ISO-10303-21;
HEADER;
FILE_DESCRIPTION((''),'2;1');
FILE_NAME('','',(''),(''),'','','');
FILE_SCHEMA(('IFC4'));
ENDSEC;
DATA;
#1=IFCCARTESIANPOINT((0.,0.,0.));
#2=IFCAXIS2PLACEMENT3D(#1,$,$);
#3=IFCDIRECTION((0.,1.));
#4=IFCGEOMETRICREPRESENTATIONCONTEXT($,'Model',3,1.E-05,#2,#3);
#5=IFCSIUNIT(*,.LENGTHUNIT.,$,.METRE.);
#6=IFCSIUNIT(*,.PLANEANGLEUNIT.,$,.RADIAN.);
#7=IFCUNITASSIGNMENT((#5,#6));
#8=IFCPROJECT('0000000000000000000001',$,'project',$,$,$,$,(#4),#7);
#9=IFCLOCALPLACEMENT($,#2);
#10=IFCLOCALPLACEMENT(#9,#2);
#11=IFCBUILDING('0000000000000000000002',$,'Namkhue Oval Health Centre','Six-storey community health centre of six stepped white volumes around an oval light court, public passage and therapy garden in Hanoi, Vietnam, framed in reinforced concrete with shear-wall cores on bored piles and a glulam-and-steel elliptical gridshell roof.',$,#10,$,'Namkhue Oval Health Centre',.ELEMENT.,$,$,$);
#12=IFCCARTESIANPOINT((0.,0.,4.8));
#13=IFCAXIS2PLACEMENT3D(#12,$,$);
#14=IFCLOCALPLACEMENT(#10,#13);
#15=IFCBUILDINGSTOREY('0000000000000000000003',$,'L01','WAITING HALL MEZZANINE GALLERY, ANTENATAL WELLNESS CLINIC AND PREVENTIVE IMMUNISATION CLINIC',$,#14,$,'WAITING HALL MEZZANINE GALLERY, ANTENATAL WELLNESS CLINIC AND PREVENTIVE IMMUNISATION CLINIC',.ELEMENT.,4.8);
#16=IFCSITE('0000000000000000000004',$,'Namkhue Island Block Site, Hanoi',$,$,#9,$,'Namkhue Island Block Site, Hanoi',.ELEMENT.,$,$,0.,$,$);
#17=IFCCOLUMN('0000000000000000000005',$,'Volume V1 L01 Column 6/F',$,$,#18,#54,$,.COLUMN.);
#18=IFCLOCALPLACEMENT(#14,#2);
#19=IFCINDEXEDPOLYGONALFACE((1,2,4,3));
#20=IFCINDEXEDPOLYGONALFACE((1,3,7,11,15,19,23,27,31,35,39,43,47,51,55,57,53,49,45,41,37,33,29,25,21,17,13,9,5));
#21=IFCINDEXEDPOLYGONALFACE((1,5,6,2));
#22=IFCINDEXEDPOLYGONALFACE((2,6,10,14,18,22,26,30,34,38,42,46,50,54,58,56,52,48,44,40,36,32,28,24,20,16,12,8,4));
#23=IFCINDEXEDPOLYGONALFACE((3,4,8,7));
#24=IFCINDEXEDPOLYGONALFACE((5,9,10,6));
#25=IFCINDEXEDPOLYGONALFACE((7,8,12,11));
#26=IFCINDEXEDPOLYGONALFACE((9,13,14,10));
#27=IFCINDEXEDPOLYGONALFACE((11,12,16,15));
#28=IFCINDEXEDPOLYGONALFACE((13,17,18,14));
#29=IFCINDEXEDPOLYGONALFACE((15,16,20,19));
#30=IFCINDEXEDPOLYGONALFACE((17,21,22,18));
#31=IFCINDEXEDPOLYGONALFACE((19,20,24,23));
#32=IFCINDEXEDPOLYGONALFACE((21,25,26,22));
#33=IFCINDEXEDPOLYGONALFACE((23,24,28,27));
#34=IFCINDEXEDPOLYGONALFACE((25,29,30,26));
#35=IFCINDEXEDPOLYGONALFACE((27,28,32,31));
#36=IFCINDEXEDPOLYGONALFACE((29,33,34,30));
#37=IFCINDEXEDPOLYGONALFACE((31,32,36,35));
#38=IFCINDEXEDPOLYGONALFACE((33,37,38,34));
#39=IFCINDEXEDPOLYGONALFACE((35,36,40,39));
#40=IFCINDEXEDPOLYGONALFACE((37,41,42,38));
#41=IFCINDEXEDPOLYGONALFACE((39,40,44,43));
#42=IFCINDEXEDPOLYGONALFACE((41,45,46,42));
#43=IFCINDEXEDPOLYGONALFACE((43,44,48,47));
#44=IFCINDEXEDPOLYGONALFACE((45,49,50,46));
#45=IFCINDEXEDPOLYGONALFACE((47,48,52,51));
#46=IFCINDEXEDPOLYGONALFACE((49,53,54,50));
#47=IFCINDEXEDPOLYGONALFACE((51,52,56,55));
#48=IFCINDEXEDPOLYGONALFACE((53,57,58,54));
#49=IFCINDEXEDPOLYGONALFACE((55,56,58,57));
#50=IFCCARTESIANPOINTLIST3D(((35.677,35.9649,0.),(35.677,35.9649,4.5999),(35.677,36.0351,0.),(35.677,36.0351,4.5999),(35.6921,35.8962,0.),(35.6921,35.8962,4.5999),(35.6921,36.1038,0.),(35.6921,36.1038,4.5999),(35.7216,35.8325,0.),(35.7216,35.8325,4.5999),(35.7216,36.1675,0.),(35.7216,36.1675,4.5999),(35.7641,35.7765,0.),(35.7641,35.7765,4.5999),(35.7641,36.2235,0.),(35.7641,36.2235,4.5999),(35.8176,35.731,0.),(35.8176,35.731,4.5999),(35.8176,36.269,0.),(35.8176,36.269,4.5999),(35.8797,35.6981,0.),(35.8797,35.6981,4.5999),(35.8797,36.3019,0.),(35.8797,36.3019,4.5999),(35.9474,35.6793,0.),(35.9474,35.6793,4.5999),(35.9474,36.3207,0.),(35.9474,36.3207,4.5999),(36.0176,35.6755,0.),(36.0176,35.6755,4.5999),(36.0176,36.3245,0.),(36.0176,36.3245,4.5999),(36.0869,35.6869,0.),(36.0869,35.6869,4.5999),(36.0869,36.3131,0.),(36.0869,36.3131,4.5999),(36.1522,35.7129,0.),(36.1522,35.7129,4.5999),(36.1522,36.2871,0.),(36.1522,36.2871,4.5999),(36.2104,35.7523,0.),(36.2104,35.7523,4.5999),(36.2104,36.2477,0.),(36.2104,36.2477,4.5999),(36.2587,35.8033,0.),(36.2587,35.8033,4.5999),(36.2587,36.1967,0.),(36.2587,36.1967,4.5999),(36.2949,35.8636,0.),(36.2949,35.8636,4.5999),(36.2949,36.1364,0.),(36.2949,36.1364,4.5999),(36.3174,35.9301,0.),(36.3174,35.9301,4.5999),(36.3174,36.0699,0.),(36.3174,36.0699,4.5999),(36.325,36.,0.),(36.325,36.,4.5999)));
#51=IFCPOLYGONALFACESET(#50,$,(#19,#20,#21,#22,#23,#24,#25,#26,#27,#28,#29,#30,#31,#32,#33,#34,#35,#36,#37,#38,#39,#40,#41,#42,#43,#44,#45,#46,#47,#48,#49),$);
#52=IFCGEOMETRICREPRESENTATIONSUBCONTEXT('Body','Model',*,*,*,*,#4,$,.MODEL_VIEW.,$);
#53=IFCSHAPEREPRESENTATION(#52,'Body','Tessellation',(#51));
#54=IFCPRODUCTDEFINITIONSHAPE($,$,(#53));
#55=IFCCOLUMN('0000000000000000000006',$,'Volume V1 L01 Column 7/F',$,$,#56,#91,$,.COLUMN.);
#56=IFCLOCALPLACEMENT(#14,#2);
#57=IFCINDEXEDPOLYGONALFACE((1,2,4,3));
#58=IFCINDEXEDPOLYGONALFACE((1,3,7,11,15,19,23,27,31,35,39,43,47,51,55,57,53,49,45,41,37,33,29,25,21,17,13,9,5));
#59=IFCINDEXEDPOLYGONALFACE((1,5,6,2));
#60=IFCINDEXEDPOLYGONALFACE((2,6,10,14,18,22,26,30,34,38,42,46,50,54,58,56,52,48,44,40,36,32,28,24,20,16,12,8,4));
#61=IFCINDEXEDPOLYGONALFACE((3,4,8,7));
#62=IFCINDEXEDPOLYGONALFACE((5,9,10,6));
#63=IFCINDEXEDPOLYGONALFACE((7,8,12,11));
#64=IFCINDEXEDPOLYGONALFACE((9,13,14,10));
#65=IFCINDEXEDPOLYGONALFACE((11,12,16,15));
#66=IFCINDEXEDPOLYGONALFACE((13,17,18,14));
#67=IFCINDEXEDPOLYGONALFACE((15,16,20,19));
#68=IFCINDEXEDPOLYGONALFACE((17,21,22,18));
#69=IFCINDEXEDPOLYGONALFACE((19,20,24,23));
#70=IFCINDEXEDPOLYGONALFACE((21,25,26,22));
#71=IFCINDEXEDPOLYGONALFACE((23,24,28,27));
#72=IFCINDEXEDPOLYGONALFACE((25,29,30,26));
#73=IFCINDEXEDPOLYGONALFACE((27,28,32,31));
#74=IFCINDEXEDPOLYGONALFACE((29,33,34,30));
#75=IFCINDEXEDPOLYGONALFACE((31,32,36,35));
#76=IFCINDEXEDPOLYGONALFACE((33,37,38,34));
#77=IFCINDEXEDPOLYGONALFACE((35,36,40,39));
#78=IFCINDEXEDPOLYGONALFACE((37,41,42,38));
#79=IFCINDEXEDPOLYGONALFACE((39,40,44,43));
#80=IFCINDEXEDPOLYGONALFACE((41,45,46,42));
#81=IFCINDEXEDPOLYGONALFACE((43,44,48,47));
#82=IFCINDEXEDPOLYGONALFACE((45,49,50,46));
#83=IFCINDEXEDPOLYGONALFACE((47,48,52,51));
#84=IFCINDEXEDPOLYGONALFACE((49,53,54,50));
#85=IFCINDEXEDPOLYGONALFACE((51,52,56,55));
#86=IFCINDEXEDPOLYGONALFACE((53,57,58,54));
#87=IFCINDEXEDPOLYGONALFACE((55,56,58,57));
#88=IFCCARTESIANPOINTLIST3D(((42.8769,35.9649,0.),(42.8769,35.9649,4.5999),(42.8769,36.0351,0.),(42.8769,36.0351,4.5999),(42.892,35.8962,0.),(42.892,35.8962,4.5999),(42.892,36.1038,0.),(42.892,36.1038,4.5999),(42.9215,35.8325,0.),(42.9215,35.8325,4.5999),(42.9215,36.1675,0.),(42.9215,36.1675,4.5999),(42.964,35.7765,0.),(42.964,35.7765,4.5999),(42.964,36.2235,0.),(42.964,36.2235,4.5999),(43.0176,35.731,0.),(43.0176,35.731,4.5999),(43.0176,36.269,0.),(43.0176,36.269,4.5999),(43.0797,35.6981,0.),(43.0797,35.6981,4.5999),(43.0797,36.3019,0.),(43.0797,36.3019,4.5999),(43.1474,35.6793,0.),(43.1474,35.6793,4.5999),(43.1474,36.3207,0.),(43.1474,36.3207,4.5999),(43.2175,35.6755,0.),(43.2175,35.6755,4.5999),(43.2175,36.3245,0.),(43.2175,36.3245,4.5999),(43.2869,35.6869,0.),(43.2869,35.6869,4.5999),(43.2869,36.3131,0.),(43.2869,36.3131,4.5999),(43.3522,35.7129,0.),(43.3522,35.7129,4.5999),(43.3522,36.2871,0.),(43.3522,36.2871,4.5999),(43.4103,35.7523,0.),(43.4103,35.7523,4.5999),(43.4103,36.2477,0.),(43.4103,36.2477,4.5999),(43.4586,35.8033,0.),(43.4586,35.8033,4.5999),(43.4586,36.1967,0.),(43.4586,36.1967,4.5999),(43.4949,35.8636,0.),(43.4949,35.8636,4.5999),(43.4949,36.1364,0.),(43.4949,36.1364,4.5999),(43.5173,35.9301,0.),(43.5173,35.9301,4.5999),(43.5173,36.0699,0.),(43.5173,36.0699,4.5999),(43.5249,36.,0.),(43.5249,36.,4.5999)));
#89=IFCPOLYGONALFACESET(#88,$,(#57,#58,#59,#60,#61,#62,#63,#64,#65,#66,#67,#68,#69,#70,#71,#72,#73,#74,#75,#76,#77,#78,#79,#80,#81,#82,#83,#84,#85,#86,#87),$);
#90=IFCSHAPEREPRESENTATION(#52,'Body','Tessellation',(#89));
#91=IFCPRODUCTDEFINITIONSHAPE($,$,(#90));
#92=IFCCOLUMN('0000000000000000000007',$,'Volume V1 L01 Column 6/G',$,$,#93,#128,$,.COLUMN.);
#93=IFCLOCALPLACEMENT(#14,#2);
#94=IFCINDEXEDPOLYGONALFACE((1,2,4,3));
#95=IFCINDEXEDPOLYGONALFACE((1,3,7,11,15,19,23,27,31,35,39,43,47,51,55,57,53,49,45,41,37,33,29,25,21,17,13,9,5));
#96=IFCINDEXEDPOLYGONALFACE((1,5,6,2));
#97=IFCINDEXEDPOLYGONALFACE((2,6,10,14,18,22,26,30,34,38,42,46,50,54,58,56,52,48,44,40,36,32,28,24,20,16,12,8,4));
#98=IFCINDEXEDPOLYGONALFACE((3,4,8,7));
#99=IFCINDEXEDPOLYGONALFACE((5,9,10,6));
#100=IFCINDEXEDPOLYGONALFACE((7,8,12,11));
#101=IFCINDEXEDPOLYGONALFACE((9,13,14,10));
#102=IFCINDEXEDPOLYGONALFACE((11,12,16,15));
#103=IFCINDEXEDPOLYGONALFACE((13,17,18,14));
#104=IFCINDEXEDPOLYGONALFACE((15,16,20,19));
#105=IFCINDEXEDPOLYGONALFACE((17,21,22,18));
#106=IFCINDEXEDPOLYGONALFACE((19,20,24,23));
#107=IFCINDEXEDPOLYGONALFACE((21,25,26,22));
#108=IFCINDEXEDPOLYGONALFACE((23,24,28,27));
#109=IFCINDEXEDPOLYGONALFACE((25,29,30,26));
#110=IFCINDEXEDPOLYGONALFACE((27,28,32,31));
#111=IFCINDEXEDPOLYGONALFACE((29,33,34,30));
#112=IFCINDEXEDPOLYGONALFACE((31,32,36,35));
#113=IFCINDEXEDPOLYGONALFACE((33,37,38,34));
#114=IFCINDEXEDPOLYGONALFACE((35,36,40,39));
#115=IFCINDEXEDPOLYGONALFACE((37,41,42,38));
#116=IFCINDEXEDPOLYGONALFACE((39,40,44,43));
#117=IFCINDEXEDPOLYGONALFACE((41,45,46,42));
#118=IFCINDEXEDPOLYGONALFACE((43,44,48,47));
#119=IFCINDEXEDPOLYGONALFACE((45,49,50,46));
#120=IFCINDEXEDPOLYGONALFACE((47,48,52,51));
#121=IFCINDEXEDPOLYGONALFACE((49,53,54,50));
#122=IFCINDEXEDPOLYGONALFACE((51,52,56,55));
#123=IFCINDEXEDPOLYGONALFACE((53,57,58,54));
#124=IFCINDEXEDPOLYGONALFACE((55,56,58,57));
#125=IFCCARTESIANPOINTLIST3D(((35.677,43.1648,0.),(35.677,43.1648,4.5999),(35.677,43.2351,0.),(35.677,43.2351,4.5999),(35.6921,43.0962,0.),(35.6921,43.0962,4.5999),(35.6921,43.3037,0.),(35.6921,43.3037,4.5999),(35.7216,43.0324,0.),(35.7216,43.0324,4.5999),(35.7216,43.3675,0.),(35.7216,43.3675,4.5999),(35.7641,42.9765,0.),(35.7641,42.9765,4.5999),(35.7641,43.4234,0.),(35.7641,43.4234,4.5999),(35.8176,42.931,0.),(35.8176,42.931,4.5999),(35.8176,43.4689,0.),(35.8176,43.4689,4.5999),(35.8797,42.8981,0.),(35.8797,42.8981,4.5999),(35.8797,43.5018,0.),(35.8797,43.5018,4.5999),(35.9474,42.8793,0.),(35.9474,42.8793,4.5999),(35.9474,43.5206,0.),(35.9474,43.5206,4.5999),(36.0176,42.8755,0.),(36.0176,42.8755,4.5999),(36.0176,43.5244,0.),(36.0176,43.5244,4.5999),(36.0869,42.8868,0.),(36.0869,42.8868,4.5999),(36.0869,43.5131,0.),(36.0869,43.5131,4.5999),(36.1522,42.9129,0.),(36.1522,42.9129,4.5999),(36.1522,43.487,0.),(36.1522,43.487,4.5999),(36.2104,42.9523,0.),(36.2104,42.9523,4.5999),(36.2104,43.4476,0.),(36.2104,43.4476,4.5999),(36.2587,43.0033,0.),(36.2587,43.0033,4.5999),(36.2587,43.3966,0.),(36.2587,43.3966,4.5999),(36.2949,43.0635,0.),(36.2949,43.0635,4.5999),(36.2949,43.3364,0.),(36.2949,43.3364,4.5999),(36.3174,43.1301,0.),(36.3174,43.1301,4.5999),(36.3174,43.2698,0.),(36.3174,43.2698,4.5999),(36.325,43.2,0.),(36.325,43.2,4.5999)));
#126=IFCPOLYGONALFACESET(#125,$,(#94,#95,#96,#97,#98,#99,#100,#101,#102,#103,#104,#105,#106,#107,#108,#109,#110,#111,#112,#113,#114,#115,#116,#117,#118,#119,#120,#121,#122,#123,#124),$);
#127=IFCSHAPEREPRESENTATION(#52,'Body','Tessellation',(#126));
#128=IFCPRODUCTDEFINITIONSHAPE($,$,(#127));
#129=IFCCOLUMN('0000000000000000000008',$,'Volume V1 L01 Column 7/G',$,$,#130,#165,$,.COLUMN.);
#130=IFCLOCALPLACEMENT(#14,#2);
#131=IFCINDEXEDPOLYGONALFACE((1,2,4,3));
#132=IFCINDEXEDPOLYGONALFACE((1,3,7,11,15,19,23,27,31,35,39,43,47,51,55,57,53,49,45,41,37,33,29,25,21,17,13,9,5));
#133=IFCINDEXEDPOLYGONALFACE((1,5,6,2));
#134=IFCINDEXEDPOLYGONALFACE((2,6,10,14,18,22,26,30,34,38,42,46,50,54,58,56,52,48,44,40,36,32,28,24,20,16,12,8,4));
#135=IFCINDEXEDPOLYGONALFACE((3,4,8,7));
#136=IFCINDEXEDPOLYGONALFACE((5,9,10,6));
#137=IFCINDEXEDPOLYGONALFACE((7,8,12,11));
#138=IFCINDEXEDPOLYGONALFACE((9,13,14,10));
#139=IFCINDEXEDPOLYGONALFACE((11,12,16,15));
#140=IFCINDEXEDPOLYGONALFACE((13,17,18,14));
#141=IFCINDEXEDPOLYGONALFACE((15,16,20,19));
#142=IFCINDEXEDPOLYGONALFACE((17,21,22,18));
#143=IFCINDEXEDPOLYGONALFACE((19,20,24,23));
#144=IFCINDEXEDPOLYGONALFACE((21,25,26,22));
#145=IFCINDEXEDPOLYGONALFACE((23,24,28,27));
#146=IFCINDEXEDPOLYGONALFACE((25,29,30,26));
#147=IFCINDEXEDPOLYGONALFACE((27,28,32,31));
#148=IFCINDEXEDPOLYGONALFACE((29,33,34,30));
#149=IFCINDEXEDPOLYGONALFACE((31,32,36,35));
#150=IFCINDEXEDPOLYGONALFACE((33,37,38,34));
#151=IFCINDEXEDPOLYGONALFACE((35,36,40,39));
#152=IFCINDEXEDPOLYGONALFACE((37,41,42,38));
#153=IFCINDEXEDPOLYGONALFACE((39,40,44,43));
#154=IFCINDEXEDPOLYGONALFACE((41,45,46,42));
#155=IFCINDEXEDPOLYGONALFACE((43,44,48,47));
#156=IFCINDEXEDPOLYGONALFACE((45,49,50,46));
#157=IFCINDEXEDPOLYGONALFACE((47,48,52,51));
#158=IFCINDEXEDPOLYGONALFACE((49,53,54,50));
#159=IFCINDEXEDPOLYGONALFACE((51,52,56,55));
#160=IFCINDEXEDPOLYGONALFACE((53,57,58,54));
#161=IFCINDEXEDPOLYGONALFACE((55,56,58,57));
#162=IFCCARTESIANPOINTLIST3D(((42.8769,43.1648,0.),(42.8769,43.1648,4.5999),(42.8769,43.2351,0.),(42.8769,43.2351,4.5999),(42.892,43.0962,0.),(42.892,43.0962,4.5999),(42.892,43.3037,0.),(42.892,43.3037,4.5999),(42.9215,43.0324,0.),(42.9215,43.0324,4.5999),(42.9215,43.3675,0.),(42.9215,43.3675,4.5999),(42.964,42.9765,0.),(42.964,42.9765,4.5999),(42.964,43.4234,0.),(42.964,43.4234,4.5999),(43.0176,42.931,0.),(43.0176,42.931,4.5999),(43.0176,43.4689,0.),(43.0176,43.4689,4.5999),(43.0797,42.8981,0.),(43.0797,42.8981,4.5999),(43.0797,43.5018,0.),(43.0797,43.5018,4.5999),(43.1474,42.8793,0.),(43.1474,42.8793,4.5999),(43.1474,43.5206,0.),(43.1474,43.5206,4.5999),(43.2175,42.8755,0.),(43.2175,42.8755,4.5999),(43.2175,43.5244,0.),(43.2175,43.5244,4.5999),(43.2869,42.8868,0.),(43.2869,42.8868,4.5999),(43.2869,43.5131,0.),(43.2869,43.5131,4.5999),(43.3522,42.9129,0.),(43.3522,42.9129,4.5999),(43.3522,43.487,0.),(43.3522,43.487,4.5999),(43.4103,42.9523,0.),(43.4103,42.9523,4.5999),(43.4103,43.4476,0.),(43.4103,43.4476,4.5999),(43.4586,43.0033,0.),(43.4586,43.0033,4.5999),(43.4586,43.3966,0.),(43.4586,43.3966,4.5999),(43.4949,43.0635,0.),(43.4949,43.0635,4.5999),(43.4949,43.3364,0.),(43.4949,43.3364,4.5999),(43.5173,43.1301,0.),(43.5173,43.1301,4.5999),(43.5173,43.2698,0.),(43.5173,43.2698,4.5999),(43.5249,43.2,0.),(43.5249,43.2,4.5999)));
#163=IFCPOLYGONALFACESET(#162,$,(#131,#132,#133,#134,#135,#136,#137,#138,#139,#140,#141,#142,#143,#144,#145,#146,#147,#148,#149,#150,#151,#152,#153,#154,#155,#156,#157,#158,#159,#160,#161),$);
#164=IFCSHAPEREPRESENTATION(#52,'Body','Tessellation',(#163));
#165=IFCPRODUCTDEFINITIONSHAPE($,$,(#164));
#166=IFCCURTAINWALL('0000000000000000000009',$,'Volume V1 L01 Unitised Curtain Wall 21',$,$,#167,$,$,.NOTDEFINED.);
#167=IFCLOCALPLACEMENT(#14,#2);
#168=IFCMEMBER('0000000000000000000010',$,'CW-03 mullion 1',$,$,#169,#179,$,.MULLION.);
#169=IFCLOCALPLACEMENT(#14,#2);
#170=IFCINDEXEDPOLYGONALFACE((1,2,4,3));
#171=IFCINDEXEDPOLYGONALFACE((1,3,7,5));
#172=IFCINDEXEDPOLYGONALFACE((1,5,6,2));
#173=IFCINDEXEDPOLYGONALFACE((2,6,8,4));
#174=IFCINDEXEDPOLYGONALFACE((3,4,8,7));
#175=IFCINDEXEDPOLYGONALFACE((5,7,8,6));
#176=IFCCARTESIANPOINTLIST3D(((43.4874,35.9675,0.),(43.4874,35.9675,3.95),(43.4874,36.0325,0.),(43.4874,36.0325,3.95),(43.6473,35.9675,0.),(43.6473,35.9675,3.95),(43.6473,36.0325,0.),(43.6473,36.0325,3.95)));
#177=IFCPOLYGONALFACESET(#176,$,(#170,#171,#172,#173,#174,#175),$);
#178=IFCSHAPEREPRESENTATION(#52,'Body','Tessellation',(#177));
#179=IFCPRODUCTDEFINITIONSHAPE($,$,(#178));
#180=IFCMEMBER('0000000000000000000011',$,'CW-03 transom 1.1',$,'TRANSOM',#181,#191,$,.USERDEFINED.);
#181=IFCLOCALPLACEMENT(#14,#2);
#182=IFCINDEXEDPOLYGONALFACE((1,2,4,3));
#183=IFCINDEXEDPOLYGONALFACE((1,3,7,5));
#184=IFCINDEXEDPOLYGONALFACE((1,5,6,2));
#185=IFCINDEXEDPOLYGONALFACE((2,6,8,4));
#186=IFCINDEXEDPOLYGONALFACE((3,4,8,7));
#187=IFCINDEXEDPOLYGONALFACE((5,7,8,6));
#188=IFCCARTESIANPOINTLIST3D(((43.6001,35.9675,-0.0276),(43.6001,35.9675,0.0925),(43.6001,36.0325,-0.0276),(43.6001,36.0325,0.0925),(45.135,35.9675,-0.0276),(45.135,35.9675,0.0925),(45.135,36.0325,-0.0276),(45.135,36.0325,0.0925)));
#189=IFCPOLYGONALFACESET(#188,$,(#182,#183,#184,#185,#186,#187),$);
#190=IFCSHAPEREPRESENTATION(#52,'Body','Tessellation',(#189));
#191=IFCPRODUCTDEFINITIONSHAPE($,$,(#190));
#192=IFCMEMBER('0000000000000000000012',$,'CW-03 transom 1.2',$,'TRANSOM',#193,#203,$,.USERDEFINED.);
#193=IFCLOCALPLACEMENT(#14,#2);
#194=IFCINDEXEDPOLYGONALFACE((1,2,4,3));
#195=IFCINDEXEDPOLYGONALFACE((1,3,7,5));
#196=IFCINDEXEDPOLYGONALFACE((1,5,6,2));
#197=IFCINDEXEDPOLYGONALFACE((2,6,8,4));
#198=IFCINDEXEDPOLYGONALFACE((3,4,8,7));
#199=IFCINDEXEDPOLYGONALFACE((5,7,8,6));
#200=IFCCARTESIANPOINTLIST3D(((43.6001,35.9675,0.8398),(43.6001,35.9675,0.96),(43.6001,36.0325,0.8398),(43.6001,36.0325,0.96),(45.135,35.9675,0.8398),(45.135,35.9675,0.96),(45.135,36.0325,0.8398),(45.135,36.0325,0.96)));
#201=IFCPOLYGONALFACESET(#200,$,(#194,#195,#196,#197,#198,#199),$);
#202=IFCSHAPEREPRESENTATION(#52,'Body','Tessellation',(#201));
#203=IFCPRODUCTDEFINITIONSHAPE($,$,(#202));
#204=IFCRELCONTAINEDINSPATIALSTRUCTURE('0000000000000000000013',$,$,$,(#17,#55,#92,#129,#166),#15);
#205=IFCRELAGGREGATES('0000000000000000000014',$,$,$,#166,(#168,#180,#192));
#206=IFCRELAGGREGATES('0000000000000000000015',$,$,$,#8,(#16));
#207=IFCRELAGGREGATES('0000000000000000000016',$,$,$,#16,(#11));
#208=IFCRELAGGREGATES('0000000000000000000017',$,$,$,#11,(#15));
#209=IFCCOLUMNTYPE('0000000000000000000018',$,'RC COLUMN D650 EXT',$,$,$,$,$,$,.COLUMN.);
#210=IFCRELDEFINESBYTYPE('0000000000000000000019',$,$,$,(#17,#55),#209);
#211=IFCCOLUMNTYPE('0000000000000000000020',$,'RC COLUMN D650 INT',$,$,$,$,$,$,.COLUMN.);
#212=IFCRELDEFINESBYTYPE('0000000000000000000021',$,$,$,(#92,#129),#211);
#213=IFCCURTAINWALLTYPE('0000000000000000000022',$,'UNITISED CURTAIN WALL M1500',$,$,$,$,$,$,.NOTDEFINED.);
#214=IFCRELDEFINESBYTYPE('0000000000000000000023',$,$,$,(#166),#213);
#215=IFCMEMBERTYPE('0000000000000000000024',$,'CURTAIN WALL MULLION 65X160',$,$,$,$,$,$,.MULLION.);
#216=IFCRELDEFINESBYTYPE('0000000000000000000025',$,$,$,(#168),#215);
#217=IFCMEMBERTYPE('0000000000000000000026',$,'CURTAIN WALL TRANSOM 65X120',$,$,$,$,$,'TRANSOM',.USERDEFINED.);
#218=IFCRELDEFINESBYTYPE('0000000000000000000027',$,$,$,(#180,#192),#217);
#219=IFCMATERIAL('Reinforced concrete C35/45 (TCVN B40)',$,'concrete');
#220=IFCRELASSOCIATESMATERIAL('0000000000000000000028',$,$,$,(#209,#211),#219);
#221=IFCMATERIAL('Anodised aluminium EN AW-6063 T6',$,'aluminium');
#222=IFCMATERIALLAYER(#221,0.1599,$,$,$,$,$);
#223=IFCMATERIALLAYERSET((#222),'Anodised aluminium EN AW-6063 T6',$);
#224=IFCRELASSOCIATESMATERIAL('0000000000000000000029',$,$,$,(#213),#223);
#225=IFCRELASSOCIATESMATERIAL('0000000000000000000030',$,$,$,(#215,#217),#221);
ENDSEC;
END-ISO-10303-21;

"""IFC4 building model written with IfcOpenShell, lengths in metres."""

from ifc_helpers import new_model, si_unit, direction, frame, origin, origin_2d, place, context, subcontext, project, spatial, rectangle, circle, extrude, material, layer, layer_set, material_profile, profile_set, type_object, element, aggregate, save


model = new_model("IFC4")

# Units and contexts
model_context = context("Model", 3, precision=1e-05, world=origin(), true_north=direction((0.0, 1.0)))
body_context = subcontext(model_context, "Body", "Model", "MODEL_VIEW")
ifc_project = project(units=[si_unit("LENGTHUNIT", "METRE"), si_unit("PLANEANGLEUNIT", "RADIAN")], contexts=[model_context])

# Site, building, storey
site_placement = place(None, origin())
site = spatial("IfcSite", under=ifc_project, at=site_placement, Name="Namkhue Island Block Site, Hanoi", LongName="Namkhue Island Block Site, Hanoi", CompositionType="ELEMENT", RefElevation=0.0)
building_placement = place(site_placement, origin())
building = spatial("IfcBuilding", under=site, at=building_placement, Name="Namkhue Oval Health Centre", Description="Six-storey community health centre of six stepped white volumes around an oval light court, public passage and therapy garden in Hanoi, Vietnam, framed in reinforced concrete with shear-wall cores on bored piles and a glulam-and-steel elliptical gridshell roof.", LongName="Namkhue Oval Health Centre", CompositionType="ELEMENT")
storey_placement = place(building_placement, frame((0.0, 0.0, 4.8)))
storey = spatial("IfcBuildingStorey", under=building, at=storey_placement, Name="L01", Description="WAITING HALL MEZZANINE GALLERY, ANTENATAL WELLNESS CLINIC AND PREVENTIVE IMMUNISATION CLINIC", LongName="WAITING HALL MEZZANINE GALLERY, ANTENATAL WELLNESS CLINIC AND PREVENTIVE IMMUNISATION CLINIC", CompositionType="ELEMENT", Elevation=4.8)

# Columns
ifc_material_1 = material(Name="Reinforced concrete C35/45 (TCVN B40)", Category="concrete")
ifc_material_profile_1 = material_profile(ifc_material_1, circle(Radius=0.325, at=origin_2d()), Name="RC D650")
ifc_profile_set_1 = profile_set([ifc_material_profile_1], Name="Reinforced concrete C35/45 (TCVN B40)")
column_type_1 = type_object("IfcColumnType", Name="RC COLUMN D650 EXT", PredefinedType="COLUMN", material=ifc_profile_set_1)
for number, where, z_axis, x_axis, name in (
    (1, (36.0, 36.0, 0.0), (0.0, 0.0, 1.0), (1.0, 0.0, 0.0), "Volume V1 L01 Column 6/F"),
    (2, (43.2, 36.0, 0.0), (0.0, 0.0, 1.0), (1.0, 0.0, 0.0), "Volume V1 L01 Column 7/F"),
):
    element("IfcColumn", number, at=place(storey_placement, frame(where, z_axis=z_axis, x_axis=x_axis)), inside=storey, type_object=column_type_1, Name=name, PredefinedType="COLUMN", context=body_context, shape_type="SweptSolid", body=[
        extrude(circle(Radius=0.325, at=origin_2d()), origin(), (0.0, 0.0, 1.0), 4.5999),
    ])
ifc_material_profile_2 = material_profile(ifc_material_1, circle(Radius=0.325, at=origin_2d()), Name="RC D650")
ifc_profile_set_2 = profile_set([ifc_material_profile_2], Name="Reinforced concrete C35/45 (TCVN B40)")
column_type_2 = type_object("IfcColumnType", Name="RC COLUMN D650 INT", PredefinedType="COLUMN", material=ifc_profile_set_2)
for number, where, z_axis, x_axis, name in (
    (3, (36.0, 43.2, 0.0), (0.0, 0.0, 1.0), (1.0, 0.0, 0.0), "Volume V1 L01 Column 6/G"),
    (4, (43.2, 43.2, 0.0), (0.0, 0.0, 1.0), (1.0, 0.0, 0.0), "Volume V1 L01 Column 7/G"),
):
    element("IfcColumn", number, at=place(storey_placement, frame(where, z_axis=z_axis, x_axis=x_axis)), inside=storey, type_object=column_type_2, Name=name, PredefinedType="COLUMN", context=body_context, shape_type="SweptSolid", body=[
        extrude(circle(Radius=0.325, at=origin_2d()), origin(), (0.0, 0.0, 1.0), 4.5999),
    ])

# Curtain wall, members
ifc_material_2 = material(Name="Anodised aluminium EN AW-6063 T6", Category="aluminium")
ifc_layer_1 = layer(ifc_material_2, 0.1599)
ifc_layer_set_1 = layer_set([ifc_layer_1], Name="Anodised aluminium EN AW-6063 T6")
curtain_wall_type = type_object("IfcCurtainWallType", Name="UNITISED CURTAIN WALL M1500", PredefinedType="NOTDEFINED", material=ifc_layer_set_1)
curtain_wall_placement = place(storey_placement, origin())
curtain_wall = element("IfcCurtainWall", 5, at=curtain_wall_placement, inside=storey, type_object=curtain_wall_type, Name="Volume V1 L01 Unitised Curtain Wall 21", PredefinedType="NOTDEFINED")
ifc_material_profile_3 = material_profile(ifc_material_2, rectangle(XDim=0.0649, YDim=0.1599, at=origin_2d()), Name="ALU 65x160")
ifc_profile_set_3 = profile_set([ifc_material_profile_3], Name="Anodised aluminium EN AW-6063 T6")
member_type_1 = type_object("IfcMemberType", Name="CURTAIN WALL MULLION 65X160", PredefinedType="MULLION", material=ifc_profile_set_3)
member_1_placement = place(storey_placement, frame((43.5674, 36.0, 0.0), z_axis=(0.0, 0.0, 1.0), x_axis=(0.0, 1.0, 0.0)))
member_1 = element("IfcMember", 6, at=member_1_placement, type_object=member_type_1, Name="CW-03 mullion 1", PredefinedType="MULLION", context=body_context, shape_type="SweptSolid", body=[
    extrude(rectangle(XDim=0.0649, YDim=0.1599, at=origin_2d()), origin(), (0.0, 0.0, 1.0), 3.95),
])
ifc_material_profile_4 = material_profile(ifc_material_2, rectangle(XDim=0.0649, YDim=0.1201, at=origin_2d()), Name="ALU 65x120")
ifc_profile_set_4 = profile_set([ifc_material_profile_4], Name="Anodised aluminium EN AW-6063 T6")
member_type_2 = type_object("IfcMemberType", Name="CURTAIN WALL TRANSOM 65X120", ElementType="TRANSOM", PredefinedType="USERDEFINED", material=ifc_profile_set_4)
member_2_placement = place(storey_placement, frame((43.6001, 36.0, 0.0325), z_axis=(1.0, 0.0, 0.0), x_axis=(0.0, 1.0, 0.0)))
member_2 = element("IfcMember", 7, at=member_2_placement, type_object=member_type_2, Name="CW-03 transom 1.1", ObjectType="TRANSOM", PredefinedType="USERDEFINED", context=body_context, shape_type="SweptSolid", body=[
    extrude(rectangle(XDim=0.0649, YDim=0.1201, at=origin_2d()), origin(), (0.0, 0.0, 1.0), 1.5349),
])
member_3_placement = place(storey_placement, frame((43.6001, 36.0, 0.8999), z_axis=(1.0, 0.0, 0.0), x_axis=(0.0, 1.0, 0.0)))
member_3 = element("IfcMember", 8, at=member_3_placement, type_object=member_type_2, Name="CW-03 transom 1.2", ObjectType="TRANSOM", PredefinedType="USERDEFINED", context=body_context, shape_type="SweptSolid", body=[
    extrude(rectangle(XDim=0.0649, YDim=0.1201, at=origin_2d()), origin(), (0.0, 0.0, 1.0), 1.5349),
])
aggregate(curtain_wall, [member_1, member_2, member_3])

save(model, "model.ifc")
